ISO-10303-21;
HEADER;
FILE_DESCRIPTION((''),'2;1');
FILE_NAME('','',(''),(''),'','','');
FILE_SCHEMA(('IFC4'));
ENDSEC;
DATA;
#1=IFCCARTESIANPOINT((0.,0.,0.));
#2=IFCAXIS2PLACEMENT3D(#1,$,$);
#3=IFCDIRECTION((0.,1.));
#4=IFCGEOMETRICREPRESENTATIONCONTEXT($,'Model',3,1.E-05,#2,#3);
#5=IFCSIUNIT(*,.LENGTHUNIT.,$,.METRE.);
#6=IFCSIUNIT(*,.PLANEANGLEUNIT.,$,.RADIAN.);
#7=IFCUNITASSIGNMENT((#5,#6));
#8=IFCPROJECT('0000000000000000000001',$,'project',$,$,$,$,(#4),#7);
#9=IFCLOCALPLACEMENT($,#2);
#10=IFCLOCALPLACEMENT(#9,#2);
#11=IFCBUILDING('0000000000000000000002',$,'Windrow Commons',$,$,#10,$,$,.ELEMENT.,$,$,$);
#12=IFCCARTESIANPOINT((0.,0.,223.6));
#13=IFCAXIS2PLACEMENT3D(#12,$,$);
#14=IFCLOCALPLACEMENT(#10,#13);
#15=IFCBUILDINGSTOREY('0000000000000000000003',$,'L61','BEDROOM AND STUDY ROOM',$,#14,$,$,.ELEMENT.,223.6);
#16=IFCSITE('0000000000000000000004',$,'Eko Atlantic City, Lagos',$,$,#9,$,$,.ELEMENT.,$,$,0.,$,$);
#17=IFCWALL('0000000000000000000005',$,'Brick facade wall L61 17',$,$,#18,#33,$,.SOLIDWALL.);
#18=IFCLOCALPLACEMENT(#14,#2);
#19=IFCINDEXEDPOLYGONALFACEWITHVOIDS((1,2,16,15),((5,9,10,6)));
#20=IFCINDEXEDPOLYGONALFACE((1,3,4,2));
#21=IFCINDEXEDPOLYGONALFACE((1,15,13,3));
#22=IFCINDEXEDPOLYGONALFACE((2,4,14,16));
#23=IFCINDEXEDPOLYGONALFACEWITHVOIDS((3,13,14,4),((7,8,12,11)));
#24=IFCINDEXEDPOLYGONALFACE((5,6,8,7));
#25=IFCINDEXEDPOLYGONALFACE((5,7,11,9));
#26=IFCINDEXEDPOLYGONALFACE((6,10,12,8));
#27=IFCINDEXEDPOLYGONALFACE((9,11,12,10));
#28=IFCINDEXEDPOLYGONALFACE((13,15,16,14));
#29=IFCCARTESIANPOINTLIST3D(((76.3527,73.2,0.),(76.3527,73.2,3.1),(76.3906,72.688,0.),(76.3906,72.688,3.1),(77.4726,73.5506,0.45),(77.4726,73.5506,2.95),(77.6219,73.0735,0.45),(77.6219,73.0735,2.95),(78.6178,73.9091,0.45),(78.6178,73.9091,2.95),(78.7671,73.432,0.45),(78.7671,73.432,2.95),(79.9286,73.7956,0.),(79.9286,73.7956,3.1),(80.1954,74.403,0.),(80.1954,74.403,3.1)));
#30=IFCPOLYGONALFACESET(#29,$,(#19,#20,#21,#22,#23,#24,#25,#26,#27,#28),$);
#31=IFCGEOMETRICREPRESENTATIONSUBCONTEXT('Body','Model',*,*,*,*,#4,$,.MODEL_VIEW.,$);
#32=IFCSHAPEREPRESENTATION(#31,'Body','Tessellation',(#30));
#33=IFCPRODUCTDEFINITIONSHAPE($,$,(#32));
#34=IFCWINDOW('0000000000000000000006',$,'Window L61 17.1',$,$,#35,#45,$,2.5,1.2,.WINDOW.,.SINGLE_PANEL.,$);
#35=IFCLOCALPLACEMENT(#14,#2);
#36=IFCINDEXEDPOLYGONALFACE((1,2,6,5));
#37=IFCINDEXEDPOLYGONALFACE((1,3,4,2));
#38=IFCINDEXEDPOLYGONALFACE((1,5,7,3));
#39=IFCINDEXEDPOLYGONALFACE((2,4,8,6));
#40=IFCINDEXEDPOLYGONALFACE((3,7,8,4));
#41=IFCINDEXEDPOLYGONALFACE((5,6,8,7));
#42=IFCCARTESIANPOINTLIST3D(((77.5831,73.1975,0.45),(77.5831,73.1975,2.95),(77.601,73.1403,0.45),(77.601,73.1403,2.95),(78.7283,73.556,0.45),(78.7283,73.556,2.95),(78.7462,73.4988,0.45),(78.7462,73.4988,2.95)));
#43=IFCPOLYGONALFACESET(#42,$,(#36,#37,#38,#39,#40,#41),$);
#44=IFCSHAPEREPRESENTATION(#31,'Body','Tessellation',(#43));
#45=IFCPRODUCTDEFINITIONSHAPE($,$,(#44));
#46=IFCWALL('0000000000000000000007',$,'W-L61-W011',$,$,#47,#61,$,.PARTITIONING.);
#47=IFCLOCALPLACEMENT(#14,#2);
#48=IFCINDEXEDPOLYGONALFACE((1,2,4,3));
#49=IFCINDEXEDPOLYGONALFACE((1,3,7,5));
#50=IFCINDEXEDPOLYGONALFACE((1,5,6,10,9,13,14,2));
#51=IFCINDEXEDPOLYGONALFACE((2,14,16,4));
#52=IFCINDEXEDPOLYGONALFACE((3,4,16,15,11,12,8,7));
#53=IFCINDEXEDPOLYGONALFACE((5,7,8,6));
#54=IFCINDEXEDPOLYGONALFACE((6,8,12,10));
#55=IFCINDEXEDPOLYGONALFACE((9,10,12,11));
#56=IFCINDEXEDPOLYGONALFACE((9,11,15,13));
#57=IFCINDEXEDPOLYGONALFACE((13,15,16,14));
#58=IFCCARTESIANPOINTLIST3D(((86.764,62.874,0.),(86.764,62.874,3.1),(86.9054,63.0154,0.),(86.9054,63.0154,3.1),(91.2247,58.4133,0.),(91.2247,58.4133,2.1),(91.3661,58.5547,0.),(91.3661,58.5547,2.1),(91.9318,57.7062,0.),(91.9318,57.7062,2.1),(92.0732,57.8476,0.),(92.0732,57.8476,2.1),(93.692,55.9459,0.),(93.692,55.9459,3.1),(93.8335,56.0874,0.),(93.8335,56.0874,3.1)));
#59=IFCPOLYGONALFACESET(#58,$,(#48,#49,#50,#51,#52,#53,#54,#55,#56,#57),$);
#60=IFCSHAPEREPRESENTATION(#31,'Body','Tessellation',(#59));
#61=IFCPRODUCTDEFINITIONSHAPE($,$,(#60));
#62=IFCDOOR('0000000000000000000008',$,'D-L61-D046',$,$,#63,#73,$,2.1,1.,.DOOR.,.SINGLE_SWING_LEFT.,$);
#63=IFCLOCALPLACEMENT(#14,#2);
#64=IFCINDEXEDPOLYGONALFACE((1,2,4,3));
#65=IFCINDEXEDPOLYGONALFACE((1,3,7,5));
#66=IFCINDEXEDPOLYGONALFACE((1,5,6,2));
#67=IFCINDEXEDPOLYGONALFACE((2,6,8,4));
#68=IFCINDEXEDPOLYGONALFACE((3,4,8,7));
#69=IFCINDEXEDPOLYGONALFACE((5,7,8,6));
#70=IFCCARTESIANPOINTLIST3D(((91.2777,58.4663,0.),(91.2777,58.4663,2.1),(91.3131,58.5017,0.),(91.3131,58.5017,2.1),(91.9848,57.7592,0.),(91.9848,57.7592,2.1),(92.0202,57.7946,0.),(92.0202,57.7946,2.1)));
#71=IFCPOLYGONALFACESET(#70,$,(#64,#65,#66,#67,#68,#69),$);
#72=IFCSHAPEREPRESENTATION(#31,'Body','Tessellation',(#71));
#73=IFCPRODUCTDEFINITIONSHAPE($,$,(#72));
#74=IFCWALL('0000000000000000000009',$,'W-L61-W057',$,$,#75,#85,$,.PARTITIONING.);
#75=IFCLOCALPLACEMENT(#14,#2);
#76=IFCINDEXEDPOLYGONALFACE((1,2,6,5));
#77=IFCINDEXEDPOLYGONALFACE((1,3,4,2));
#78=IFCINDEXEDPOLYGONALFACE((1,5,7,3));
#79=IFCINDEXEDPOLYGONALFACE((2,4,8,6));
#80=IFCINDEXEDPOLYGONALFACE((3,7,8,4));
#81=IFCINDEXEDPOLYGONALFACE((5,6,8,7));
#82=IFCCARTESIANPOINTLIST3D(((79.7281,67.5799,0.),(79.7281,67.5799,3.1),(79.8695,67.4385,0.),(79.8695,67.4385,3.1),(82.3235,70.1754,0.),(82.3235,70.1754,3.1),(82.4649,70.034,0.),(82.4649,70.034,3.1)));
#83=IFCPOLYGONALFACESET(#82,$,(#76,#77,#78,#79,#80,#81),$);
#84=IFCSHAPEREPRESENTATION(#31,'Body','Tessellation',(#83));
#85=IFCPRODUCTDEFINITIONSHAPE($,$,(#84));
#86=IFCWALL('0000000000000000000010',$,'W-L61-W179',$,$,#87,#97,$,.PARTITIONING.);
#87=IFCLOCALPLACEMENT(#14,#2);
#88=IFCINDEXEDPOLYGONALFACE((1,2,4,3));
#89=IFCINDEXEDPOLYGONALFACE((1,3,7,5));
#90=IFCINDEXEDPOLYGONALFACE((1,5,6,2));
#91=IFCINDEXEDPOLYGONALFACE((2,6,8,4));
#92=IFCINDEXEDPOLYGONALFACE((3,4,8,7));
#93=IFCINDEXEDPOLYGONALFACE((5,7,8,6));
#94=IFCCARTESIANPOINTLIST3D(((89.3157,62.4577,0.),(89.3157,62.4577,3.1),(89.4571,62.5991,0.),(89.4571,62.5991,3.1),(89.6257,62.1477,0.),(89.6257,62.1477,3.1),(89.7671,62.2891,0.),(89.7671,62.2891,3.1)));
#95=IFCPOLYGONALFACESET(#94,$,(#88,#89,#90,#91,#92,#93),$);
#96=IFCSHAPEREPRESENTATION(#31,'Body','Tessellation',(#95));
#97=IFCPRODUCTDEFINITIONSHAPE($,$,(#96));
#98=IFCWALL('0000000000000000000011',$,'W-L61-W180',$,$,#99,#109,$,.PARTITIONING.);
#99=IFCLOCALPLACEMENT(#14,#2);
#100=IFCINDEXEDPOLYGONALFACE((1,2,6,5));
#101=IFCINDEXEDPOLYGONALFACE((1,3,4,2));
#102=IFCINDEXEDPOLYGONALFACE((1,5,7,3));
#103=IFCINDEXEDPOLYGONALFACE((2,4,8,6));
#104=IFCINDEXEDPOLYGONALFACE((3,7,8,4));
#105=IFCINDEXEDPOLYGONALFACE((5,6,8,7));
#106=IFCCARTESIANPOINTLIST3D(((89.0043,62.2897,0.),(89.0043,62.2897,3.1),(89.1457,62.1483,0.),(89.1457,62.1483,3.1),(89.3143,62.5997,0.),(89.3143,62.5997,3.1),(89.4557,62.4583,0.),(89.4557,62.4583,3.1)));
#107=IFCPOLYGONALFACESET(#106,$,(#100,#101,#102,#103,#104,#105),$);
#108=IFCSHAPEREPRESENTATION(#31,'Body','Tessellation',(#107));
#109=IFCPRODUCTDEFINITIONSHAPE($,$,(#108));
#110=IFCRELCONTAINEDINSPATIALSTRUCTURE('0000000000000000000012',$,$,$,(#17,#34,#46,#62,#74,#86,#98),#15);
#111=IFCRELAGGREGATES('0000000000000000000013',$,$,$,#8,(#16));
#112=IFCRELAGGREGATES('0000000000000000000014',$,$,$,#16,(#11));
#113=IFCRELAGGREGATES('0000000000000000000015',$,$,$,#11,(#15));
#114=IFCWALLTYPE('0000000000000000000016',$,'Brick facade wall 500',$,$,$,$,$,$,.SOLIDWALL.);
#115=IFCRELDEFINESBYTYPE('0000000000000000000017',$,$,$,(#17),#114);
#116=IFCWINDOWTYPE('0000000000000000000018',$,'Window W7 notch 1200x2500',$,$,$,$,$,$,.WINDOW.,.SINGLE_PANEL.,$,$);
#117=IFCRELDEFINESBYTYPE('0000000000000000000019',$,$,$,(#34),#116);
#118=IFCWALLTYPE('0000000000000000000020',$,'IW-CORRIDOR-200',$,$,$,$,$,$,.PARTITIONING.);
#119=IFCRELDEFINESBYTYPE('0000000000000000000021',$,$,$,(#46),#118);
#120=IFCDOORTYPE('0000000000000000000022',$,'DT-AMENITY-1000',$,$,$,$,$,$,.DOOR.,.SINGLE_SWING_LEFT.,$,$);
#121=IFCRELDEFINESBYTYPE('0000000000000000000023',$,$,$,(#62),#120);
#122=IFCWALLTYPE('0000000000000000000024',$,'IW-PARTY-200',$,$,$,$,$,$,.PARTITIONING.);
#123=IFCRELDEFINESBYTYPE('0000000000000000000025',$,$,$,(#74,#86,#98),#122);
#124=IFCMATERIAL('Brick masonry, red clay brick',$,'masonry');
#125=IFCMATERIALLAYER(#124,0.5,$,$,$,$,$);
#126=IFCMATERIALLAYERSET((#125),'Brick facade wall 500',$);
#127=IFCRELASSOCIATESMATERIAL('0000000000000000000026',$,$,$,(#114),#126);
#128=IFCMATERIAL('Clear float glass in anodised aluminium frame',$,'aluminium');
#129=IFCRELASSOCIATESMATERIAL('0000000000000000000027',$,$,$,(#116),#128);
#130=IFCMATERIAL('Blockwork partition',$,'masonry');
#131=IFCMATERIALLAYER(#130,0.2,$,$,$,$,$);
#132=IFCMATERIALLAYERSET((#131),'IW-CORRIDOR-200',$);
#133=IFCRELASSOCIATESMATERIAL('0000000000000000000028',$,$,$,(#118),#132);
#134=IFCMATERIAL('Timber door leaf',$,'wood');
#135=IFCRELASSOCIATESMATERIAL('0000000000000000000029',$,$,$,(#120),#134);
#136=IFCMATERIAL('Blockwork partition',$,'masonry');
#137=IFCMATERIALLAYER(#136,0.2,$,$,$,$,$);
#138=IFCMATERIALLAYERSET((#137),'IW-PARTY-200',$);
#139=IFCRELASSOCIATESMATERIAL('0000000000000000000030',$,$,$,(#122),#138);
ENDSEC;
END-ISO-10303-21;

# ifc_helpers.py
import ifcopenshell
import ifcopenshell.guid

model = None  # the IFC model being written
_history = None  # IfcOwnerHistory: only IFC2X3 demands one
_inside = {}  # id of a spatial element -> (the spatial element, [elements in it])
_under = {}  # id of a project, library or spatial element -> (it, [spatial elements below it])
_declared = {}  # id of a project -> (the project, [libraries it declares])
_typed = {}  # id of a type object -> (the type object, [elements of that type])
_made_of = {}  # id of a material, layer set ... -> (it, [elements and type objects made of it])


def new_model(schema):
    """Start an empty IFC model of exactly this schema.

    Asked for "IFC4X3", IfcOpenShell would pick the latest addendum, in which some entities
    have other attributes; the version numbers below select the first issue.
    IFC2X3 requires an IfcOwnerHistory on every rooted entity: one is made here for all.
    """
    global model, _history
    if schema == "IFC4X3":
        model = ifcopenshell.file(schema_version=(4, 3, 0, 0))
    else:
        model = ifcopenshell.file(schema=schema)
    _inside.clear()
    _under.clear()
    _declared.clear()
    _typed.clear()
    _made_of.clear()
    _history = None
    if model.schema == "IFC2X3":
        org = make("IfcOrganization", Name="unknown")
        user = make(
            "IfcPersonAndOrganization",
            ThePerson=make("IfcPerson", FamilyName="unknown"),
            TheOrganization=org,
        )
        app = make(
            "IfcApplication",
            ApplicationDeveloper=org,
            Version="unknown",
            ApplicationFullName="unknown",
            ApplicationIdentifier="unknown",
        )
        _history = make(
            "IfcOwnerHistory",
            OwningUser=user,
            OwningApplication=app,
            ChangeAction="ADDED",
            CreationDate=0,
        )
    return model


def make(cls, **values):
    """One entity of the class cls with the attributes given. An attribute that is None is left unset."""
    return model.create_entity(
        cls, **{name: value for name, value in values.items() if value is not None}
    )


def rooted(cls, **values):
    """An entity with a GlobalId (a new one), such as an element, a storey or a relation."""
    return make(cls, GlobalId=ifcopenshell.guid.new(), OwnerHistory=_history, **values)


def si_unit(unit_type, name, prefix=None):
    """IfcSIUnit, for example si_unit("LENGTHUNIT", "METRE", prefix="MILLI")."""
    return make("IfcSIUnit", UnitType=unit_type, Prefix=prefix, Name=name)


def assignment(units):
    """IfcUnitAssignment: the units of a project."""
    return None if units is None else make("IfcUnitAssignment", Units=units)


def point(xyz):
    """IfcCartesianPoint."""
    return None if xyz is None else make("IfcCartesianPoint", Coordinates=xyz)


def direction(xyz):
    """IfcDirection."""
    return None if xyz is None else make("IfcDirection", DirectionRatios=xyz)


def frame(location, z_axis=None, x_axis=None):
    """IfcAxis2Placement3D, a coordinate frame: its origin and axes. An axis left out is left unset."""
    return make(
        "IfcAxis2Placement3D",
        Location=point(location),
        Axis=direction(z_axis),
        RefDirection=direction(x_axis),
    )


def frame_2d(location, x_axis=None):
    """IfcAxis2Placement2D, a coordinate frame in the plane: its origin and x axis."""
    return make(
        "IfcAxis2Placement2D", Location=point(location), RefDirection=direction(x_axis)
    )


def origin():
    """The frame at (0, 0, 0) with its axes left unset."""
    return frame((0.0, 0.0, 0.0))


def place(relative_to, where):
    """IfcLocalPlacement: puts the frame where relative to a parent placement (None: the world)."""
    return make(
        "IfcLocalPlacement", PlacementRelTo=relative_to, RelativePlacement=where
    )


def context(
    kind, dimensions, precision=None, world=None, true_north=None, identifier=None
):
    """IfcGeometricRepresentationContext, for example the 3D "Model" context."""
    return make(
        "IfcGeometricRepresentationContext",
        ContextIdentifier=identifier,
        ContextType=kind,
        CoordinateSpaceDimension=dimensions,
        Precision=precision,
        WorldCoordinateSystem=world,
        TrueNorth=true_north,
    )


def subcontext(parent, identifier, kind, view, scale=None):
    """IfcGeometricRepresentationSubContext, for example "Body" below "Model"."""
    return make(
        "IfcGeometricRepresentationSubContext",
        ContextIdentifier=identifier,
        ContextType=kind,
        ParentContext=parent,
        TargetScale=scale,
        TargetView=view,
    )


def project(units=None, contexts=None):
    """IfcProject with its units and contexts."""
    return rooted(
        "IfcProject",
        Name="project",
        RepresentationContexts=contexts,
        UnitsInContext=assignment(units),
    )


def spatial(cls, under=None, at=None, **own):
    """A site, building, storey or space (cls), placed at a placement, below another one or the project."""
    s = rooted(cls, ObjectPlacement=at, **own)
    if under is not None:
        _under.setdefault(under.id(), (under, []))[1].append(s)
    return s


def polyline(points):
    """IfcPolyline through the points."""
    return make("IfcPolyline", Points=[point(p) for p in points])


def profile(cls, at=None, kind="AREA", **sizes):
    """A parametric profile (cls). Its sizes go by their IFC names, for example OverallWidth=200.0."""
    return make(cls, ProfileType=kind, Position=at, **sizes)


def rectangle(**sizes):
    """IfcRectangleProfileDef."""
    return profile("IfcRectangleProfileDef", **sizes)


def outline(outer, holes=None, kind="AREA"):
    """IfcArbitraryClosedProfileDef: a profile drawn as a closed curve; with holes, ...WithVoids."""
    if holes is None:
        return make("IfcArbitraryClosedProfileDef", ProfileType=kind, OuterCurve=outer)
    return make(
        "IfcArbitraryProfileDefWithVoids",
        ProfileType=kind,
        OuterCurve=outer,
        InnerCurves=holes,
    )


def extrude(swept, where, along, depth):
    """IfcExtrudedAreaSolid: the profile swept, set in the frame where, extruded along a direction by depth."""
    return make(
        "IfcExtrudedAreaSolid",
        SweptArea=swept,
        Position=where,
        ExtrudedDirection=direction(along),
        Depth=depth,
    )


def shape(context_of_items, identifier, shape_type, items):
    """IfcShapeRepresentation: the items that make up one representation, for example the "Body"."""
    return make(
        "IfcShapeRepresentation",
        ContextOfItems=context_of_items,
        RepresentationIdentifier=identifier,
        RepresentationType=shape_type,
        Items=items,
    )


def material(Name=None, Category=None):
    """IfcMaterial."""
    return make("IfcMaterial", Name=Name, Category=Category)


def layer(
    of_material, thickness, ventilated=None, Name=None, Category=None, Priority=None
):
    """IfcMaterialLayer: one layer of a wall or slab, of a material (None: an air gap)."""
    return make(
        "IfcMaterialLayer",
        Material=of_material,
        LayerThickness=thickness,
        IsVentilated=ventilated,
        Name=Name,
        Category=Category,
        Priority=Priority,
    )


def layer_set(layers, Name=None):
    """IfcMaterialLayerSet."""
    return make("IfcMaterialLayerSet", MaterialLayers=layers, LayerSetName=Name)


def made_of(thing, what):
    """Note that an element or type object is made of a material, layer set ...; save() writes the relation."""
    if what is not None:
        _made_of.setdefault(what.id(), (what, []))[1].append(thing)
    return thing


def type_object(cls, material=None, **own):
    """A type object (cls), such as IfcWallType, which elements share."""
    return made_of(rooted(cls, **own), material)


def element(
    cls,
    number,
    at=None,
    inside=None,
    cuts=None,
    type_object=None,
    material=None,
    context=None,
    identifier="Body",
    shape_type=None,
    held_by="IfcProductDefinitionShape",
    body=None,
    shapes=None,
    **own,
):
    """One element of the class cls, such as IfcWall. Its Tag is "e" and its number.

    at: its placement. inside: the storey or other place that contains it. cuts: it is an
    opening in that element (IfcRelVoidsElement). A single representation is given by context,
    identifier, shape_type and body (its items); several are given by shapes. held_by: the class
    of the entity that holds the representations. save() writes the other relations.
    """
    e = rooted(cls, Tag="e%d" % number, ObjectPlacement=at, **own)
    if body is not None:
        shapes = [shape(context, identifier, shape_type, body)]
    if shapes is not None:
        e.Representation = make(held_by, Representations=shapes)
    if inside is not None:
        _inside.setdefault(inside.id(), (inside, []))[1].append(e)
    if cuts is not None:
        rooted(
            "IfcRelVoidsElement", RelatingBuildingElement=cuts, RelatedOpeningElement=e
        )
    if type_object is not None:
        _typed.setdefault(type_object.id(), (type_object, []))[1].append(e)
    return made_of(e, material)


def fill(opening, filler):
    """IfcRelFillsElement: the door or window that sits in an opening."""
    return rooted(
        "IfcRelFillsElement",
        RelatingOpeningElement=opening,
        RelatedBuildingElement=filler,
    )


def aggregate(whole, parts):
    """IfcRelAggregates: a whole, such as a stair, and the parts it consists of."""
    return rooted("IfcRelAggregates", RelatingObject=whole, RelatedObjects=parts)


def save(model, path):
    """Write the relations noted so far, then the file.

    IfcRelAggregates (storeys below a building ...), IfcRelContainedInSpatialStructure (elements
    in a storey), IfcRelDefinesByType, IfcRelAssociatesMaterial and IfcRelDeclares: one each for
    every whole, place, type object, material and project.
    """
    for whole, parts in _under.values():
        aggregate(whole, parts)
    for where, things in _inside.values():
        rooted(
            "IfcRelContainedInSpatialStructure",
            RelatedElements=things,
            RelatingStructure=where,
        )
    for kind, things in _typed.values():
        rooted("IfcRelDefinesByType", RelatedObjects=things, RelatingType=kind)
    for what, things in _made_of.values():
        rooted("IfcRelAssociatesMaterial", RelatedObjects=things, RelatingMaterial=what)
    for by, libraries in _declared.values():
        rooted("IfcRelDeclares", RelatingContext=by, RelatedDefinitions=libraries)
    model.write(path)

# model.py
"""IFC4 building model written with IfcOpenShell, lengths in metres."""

from ifc_helpers import new_model, si_unit, direction, frame, frame_2d, origin, place, context, subcontext, project, spatial, polyline, rectangle, outline, extrude, material, layer, layer_set, type_object, element, fill, save


model = new_model("IFC4")

# Units and contexts
model_context = context("Model", 3, precision=1e-05, world=origin(), true_north=direction((0.0, 1.0)))
body_context = subcontext(model_context, "Body", "Model", "MODEL_VIEW")
ifc_project = project(units=[si_unit("LENGTHUNIT", "METRE"), si_unit("PLANEANGLEUNIT", "RADIAN")], contexts=[model_context])

# Site, building, storey
site_placement = place(None, origin())
site = spatial("IfcSite", under=ifc_project, at=site_placement, Name="Eko Atlantic City, Lagos", CompositionType="ELEMENT", RefElevation=0.0)
building_placement = place(site_placement, origin())
building = spatial("IfcBuilding", under=site, at=building_placement, Name="Windrow Commons", CompositionType="ELEMENT")
storey_placement = place(building_placement, frame((0.0, 0.0, 223.6)))
storey = spatial("IfcBuildingStorey", under=building, at=storey_placement, Name="L61", Description="BEDROOM AND STUDY ROOM", CompositionType="ELEMENT", Elevation=223.6)

# Wall, opening, window
ifc_material_1 = material(Name="Brick masonry, red clay brick", Category="masonry")
ifc_layer_1 = layer(ifc_material_1, 0.5)
ifc_layer_set_1 = layer_set([ifc_layer_1], Name="Brick facade wall 500")
wall_type_1 = type_object("IfcWallType", Name="Brick facade wall 500", PredefinedType="SOLIDWALL", material=ifc_layer_set_1)
ifc_material_2 = material(Name="Clear float glass in anodised aluminium frame", Category="aluminium")
window_type = type_object("IfcWindowType", Name="Window W7 notch 1200x2500", PartitioningType="SINGLE_PANEL", PredefinedType="WINDOW", material=ifc_material_2)
wall_1_placement = place(storey_placement, frame((80.062, 74.0993, 0.0), z_axis=(0.0, 0.0, 1.0), x_axis=(-0.954329, -0.298758, 0.0)))
wall_1 = element("IfcWall", 1, at=wall_1_placement, inside=storey, type_object=wall_type_1, Name="Brick facade wall L61 17", PredefinedType="SOLIDWALL", context=body_context, shape_type="SweptSolid", body=[
    extrude(outline(polyline([(-0.2181, -0.25), (3.8086, -0.25), (3.9254, 0.25), (0.2181, 0.25), (-0.2181, -0.25)])), origin(), (0.0, 0.0, 1.0), 3.1),
])
opening_1_placement = place(wall_1_placement, frame((1.4351, 0.0, 0.45)))
opening_1 = element("IfcOpeningElement", 2, at=opening_1_placement, cuts=wall_1, PredefinedType="OPENING", context=body_context, shape_type="SweptSolid", body=[
    extrude(rectangle(XDim=1.2, YDim=2.5, at=frame_2d((0.6, 1.25))), frame((0.0, 0.26, 0.0), z_axis=(0.0, -1.0, 0.0), x_axis=(1.0, 0.0, 0.0)), (0.0, 0.0, 1.0), 0.52),
])
window_1_placement = place(opening_1_placement, origin())
window_1 = element("IfcWindow", 3, at=window_1_placement, inside=storey, type_object=window_type, Name="Window L61 17.1", OverallHeight=2.5, OverallWidth=1.2, PartitioningType="SINGLE_PANEL", PredefinedType="WINDOW", context=body_context, shape_type="SweptSolid", body=[
    extrude(rectangle(XDim=1.2, YDim=2.5, at=frame_2d((0.6, 1.25))), frame((0.0, 0.18, 0.0), z_axis=(0.0, -1.0, 0.0), x_axis=(1.0, 0.0, 0.0)), (0.0, 0.0, 1.0), 0.06),
])
fill(opening_1, window_1)

# Wall, opening, door
ifc_material_3 = material(Name="Blockwork partition", Category="masonry")
ifc_layer_2 = layer(ifc_material_3, 0.2)
ifc_layer_set_2 = layer_set([ifc_layer_2], Name="IW-CORRIDOR-200")
wall_type_2 = type_object("IfcWallType", Name="IW-CORRIDOR-200", PredefinedType="PARTITIONING", material=ifc_layer_set_2)
wall_2_placement = place(storey_placement, frame((86.8347, 62.9447, 0.0), z_axis=(0.0, 0.0, 1.0), x_axis=(0.707107, -0.707107, 0.0)))
wall_2 = element("IfcWall", 4, at=wall_2_placement, inside=storey, type_object=wall_type_2, Name="W-L61-W011", PredefinedType="PARTITIONING", context=body_context, shape_type="SweptSolid", body=[
    extrude(rectangle(XDim=9.7977, YDim=0.2, at=frame_2d((4.8989, 0.0))), origin(), (0.0, 0.0, 1.0), 3.1),
])
opening_2_placement = place(wall_2_placement, frame((6.3084, 0.0, 0.0)))
opening_2 = element("IfcOpeningElement", 5, at=opening_2_placement, cuts=wall_2, PredefinedType="OPENING", context=body_context, shape_type="SweptSolid", body=[
    extrude(rectangle(XDim=1.0, YDim=2.1, at=frame_2d((0.5, 1.05))), frame((0.0, 0.11, 0.0), z_axis=(0.0, -1.0, 0.0), x_axis=(1.0, 0.0, 0.0)), (0.0, 0.0, 1.0), 0.22),
])
ifc_material_4 = material(Name="Timber door leaf", Category="wood")
door_type = type_object("IfcDoorType", Name="DT-AMENITY-1000", OperationType="SINGLE_SWING_LEFT", PredefinedType="DOOR", material=ifc_material_4)
door_placement = place(opening_2_placement, origin())
door = element("IfcDoor", 6, at=door_placement, inside=storey, type_object=door_type, Name="D-L61-D046", OperationType="SINGLE_SWING_LEFT", OverallHeight=2.1, OverallWidth=1.0, PredefinedType="DOOR", context=body_context, shape_type="SweptSolid", body=[
    extrude(rectangle(XDim=1.0, YDim=2.1, at=frame_2d((0.5, 1.05))), frame((0.0, 0.025, 0.0), z_axis=(0.0, -1.0, 0.0), x_axis=(1.0, 0.0, 0.0)), (0.0, 0.0, 1.0), 0.05),
])
fill(opening_2, door)

# Walls
ifc_material_5 = material(Name="Blockwork partition", Category="masonry")
ifc_layer_3 = layer(ifc_material_5, 0.2)
ifc_layer_set_3 = layer_set([ifc_layer_3], Name="IW-PARTY-200")
wall_type_3 = type_object("IfcWallType", Name="IW-PARTY-200", PredefinedType="PARTITIONING", material=ifc_layer_set_3)
wall_3_placement = place(storey_placement, frame((79.7988, 67.5092, 0.0), z_axis=(0.0, 0.0, 1.0), x_axis=(0.707093, 0.70712, 0.0)))
element("IfcWall", 7, at=wall_3_placement, inside=storey, type_object=wall_type_3, Name="W-L61-W057", PredefinedType="PARTITIONING", context=body_context, shape_type="SweptSolid", body=[
    extrude(rectangle(XDim=3.6705, YDim=0.2, at=frame_2d((1.8353, 0.0))), origin(), (0.0, 0.0, 1.0), 3.1),
])
for number, where, z_axis, x_axis, name in (
    (8, (89.3864, 62.5284, 0.0), (0.0, 0.0, 1.0), (0.707107, -0.707107, 0.0), "W-L61-W179"),
    (9, (89.075, 62.219, 0.0), (0.0, 0.0, 1.0), (0.707107, 0.707107, 0.0), "W-L61-W180"),
):
    element("IfcWall", number, at=place(storey_placement, frame(where, z_axis=z_axis, x_axis=x_axis)), inside=storey, type_object=wall_type_3, Name=name, PredefinedType="PARTITIONING", context=body_context, shape_type="SweptSolid", body=[
        extrude(rectangle(XDim=0.4384, YDim=0.2, at=frame_2d((0.2192, 0.0))), origin(), (0.0, 0.0, 1.0), 3.1),
    ])

save(model, "model.ifc")
